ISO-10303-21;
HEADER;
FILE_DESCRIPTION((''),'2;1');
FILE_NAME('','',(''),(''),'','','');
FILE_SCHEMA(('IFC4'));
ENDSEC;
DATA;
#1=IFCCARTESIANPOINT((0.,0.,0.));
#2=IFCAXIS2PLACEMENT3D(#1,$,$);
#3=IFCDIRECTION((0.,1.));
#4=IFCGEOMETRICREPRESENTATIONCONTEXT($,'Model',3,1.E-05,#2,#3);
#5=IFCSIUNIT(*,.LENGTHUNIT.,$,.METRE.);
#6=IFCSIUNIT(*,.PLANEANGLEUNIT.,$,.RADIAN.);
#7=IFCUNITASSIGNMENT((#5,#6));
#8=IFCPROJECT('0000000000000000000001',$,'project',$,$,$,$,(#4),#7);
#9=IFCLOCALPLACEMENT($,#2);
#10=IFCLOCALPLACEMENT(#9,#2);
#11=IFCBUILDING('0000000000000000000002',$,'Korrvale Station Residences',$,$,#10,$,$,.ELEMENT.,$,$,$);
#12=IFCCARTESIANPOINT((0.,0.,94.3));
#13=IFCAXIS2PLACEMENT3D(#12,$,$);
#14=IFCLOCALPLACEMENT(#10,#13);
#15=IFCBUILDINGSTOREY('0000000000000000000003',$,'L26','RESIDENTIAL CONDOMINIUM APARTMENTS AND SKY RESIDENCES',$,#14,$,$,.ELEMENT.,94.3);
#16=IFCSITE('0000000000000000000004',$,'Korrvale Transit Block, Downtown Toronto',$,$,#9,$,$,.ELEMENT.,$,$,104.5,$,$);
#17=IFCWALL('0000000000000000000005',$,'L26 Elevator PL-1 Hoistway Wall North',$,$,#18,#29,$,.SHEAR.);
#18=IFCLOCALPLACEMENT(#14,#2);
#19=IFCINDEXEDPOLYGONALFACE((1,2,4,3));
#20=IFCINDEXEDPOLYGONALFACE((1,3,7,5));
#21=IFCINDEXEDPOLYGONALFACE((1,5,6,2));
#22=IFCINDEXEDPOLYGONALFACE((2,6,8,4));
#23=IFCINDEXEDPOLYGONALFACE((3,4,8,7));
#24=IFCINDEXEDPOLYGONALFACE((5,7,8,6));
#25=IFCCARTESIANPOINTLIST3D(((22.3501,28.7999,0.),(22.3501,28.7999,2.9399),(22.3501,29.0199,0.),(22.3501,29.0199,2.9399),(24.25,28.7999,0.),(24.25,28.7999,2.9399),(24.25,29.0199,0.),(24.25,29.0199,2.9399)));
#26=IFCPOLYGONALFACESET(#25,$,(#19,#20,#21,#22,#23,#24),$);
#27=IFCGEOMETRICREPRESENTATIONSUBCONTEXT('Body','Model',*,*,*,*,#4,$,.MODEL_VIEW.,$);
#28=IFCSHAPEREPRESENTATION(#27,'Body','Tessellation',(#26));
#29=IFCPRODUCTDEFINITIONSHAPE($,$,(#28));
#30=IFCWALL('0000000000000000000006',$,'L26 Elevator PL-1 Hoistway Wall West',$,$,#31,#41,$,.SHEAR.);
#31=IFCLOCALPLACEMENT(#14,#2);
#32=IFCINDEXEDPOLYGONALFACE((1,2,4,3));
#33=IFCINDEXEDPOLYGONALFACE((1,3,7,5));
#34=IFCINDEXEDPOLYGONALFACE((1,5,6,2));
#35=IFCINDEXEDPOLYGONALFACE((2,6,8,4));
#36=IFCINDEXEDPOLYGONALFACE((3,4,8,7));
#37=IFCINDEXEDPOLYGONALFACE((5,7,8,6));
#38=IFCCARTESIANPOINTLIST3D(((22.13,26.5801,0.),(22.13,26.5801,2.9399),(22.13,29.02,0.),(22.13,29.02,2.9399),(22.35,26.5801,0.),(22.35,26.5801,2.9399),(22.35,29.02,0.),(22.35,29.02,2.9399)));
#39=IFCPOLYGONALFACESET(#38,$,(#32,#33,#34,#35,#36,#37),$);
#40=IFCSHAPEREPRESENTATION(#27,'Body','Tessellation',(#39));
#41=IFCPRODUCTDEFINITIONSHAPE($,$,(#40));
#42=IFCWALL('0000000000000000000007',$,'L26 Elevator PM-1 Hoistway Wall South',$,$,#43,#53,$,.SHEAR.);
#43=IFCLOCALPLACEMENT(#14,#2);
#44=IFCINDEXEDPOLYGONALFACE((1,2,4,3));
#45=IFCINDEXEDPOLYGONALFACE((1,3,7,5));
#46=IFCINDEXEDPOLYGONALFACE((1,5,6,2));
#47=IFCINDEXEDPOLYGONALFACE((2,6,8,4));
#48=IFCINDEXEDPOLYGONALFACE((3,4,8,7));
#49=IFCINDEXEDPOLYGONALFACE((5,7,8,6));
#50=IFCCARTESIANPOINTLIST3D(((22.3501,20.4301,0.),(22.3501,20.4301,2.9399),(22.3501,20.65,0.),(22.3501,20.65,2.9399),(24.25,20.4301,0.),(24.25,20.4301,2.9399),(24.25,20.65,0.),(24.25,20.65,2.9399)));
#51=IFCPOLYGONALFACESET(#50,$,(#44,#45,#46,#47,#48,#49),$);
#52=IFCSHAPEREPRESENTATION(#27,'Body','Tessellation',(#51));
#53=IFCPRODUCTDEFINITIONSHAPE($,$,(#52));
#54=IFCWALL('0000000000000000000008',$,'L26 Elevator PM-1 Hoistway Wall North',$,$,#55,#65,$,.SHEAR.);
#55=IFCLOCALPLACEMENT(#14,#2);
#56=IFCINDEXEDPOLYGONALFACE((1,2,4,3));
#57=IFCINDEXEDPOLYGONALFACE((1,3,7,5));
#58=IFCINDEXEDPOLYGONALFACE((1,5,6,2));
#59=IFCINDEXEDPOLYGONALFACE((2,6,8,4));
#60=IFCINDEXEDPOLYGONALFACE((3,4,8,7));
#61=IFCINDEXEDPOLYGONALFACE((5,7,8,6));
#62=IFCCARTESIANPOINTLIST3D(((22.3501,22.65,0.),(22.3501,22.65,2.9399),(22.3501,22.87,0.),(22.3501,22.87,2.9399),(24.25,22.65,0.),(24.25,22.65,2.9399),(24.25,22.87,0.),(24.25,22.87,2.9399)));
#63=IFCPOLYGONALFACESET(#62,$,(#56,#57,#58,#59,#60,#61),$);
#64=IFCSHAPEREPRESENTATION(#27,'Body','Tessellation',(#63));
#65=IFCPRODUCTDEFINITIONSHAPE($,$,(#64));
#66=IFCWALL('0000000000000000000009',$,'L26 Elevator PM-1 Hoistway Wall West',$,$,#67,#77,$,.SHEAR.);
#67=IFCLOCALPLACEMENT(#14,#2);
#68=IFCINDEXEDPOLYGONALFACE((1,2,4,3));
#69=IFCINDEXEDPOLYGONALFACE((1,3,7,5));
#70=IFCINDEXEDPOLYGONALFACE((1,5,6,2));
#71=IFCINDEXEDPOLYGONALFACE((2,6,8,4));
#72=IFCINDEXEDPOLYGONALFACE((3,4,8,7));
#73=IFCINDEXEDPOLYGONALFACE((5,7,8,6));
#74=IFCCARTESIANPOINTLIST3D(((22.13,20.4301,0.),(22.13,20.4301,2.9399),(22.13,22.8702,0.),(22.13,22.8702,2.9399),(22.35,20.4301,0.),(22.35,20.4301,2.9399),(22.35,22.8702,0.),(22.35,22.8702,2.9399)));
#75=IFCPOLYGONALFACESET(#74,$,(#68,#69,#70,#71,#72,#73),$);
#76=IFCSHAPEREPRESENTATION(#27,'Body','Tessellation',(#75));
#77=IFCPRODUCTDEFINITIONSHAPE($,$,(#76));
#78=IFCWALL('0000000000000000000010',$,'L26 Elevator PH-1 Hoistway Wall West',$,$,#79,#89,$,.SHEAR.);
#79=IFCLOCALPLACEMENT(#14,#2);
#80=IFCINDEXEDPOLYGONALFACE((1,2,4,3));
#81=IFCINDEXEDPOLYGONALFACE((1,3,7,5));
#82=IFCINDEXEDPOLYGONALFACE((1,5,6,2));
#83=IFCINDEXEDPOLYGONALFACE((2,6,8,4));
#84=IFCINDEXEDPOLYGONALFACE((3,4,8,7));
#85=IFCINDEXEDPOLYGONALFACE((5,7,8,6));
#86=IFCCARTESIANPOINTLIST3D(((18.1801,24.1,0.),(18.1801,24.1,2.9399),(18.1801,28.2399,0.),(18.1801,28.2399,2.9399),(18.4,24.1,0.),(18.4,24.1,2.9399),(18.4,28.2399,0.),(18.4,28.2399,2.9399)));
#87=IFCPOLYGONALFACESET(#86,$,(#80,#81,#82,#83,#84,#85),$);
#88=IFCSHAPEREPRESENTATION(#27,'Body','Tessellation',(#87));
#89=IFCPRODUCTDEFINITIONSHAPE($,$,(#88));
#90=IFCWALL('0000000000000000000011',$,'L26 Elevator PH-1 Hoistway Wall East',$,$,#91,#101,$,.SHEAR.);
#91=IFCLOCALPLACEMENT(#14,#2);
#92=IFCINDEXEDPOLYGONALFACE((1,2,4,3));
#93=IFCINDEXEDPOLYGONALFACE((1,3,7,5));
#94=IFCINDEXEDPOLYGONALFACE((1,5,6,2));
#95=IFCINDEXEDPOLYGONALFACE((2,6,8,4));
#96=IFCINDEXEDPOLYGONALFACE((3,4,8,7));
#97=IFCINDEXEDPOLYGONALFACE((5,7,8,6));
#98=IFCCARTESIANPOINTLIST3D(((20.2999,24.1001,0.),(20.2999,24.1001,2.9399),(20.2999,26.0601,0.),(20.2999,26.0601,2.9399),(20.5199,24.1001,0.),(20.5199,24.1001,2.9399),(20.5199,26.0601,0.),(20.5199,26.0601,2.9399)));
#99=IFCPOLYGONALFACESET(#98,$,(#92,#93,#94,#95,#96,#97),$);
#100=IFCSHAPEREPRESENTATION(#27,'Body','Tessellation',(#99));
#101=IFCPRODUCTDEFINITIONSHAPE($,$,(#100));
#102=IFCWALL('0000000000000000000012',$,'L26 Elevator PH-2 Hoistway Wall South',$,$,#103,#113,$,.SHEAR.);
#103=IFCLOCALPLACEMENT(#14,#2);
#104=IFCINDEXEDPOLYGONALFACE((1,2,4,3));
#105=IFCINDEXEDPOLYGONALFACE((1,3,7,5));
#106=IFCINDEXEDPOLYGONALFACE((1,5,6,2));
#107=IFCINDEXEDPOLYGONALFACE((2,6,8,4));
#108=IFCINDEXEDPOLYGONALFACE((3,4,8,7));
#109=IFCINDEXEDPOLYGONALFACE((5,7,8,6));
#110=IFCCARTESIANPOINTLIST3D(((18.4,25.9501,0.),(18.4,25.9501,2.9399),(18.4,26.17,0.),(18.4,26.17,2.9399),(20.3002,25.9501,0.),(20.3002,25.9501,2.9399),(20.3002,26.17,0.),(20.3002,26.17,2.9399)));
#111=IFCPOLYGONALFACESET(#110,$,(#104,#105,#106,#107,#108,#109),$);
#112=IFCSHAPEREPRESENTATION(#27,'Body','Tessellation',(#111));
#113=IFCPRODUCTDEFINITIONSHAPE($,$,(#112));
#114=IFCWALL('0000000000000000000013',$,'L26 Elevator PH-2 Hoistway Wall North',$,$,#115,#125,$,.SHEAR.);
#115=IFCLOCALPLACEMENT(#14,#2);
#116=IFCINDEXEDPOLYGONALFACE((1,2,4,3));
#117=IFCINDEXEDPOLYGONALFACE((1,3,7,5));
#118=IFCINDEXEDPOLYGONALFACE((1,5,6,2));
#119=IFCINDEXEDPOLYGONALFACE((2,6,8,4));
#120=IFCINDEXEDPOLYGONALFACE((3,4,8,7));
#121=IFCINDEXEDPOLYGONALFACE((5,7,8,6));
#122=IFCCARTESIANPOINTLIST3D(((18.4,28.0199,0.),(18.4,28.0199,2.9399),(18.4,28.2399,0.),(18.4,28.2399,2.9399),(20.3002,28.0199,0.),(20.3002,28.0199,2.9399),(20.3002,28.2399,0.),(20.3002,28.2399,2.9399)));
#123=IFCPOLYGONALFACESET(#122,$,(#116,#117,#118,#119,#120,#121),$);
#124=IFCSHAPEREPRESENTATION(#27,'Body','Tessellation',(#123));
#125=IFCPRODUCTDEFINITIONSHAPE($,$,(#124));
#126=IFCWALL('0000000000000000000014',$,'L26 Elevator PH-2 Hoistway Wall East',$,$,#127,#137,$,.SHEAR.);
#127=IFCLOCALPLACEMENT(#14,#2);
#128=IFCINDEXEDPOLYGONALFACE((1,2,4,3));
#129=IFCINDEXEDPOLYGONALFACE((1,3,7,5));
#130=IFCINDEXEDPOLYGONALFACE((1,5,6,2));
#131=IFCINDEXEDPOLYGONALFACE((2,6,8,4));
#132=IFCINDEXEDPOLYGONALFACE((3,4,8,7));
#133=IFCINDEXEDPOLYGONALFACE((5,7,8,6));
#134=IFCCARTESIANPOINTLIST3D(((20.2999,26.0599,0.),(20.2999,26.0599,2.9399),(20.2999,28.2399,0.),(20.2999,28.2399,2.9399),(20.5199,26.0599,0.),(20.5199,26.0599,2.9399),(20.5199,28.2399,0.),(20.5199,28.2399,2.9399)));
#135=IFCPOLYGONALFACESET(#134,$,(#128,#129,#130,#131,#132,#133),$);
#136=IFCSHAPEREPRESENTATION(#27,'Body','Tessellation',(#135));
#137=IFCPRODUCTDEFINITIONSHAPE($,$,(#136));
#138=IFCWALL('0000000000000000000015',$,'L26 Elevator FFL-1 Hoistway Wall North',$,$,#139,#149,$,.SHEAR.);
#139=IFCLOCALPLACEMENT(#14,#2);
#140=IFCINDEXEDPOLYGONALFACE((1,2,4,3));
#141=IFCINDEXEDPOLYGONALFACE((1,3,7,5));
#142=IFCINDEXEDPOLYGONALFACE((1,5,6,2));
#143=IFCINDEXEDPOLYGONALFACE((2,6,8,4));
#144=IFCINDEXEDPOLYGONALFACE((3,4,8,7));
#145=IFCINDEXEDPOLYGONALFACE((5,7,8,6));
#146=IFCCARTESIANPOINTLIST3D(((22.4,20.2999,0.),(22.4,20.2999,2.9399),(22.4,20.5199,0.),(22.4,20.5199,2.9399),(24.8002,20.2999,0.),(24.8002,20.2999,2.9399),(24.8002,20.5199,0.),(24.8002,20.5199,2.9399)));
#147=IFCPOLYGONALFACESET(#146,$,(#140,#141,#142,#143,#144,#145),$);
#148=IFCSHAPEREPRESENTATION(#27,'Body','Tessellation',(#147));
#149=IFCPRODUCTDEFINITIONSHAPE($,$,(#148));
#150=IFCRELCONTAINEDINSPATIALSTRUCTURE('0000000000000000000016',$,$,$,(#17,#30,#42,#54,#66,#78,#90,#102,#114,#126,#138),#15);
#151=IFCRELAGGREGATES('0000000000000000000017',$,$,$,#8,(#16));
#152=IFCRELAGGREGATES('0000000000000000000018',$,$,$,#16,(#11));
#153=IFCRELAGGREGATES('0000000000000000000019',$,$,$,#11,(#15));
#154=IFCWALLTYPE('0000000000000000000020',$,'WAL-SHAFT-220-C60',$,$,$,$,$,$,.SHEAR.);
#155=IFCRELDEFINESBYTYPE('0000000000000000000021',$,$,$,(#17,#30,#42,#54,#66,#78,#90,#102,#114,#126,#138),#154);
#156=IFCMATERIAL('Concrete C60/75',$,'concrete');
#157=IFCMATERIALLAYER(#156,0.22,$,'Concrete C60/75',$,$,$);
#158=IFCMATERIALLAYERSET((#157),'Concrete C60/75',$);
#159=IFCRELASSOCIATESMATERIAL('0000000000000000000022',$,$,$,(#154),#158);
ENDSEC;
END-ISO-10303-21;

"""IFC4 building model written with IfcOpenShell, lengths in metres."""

from ifc_helpers import new_model, si_unit, direction, frame, frame_2d, origin, place, context, subcontext, project, spatial, rectangle, extrude, material, layer, layer_set, type_object, element, save


model = new_model("IFC4")

# Units and contexts
model_context = context("Model", 3, precision=1e-05, world=origin(), true_north=direction((0.0, 1.0)))
body_context = subcontext(model_context, "Body", "Model", "MODEL_VIEW")
ifc_project = project(units=[si_unit("LENGTHUNIT", "METRE"), si_unit("PLANEANGLEUNIT", "RADIAN")], contexts=[model_context])

# Site, building, storey
site_placement = place(None, origin())
site = spatial("IfcSite", under=ifc_project, at=site_placement, Name="Korrvale Transit Block, Downtown Toronto", CompositionType="ELEMENT", RefElevation=104.5)
building_placement = place(site_placement, origin())
building = spatial("IfcBuilding", under=site, at=building_placement, Name="Korrvale Station Residences", CompositionType="ELEMENT")
storey_placement = place(building_placement, frame((0.0, 0.0, 94.3)))
storey = spatial("IfcBuildingStorey", under=building, at=storey_placement, Name="L26", Description="RESIDENTIAL CONDOMINIUM APARTMENTS AND SKY RESIDENCES", CompositionType="ELEMENT", Elevation=94.3)

# Shared definitions
ifc_material_1 = material(Name="Concrete C60/75", Category="concrete")

# Shared definitions
ifc_layer_1 = layer(ifc_material_1, 0.22, Name="Concrete C60/75")
ifc_layer_set_1 = layer_set([ifc_layer_1], Name="Concrete C60/75")
wall_type_1 = type_object("IfcWallType", Name="WAL-SHAFT-220-C60", PredefinedType="SHEAR", material=ifc_layer_set_1)

# Walls
wall_1_placement = place(storey_placement, frame((22.3501, 28.9099, 0.0), z_axis=(0.0, 0.0, 1.0), x_axis=(1.0, 0.0, 0.0)))
element("IfcWall", 1, at=wall_1_placement, inside=storey, type_object=wall_type_1, Name="L26 Elevator PL-1 Hoistway Wall North", PredefinedType="SHEAR", context=body_context, shape_type="SweptSolid", body=[
    extrude(rectangle(XDim=1.8999, YDim=0.22, at=frame_2d((0.95, 0.0))), origin(), (0.0, 0.0, 1.0), 2.9399),
])
wall_2_placement = place(storey_placement, frame((22.24, 26.5801, 0.0), z_axis=(0.0, 0.0, 1.0), x_axis=(0.0, 1.0, 0.0)))
element("IfcWall", 2, at=wall_2_placement, inside=storey, type_object=wall_type_1, Name="L26 Elevator PL-1 Hoistway Wall West", PredefinedType="SHEAR", context=body_context, shape_type="SweptSolid", body=[
    extrude(rectangle(XDim=2.4399, YDim=0.22, at=frame_2d((1.22, 0.0))), origin(), (0.0, 0.0, 1.0), 2.9399),
])
for number, where, z_axis, x_axis, name in (
    (3, (22.3501, 20.54, 0.0), (0.0, 0.0, 1.0), (1.0, 0.0, 0.0), "L26 Elevator PM-1 Hoistway Wall South"),
    (4, (22.3501, 22.76, 0.0), (0.0, 0.0, 1.0), (1.0, 0.0, 0.0), "L26 Elevator PM-1 Hoistway Wall North"),
):
    element("IfcWall", number, at=place(storey_placement, frame(where, z_axis=z_axis, x_axis=x_axis)), inside=storey, type_object=wall_type_1, Name=name, PredefinedType="SHEAR", context=body_context, shape_type="SweptSolid", body=[
        extrude(rectangle(XDim=1.8999, YDim=0.22, at=frame_2d((0.95, 0.0))), origin(), (0.0, 0.0, 1.0), 2.9399),
    ])
wall_3_placement = place(storey_placement, frame((22.24, 20.4299, 0.0), z_axis=(0.0, 0.0, 1.0), x_axis=(0.0, 1.0, 0.0)))
element("IfcWall", 5, at=wall_3_placement, inside=storey, type_object=wall_type_1, Name="L26 Elevator PM-1 Hoistway Wall West", PredefinedType="SHEAR", context=body_context, shape_type="SweptSolid", body=[
    extrude(rectangle(XDim=2.4402, YDim=0.22, at=frame_2d((1.2202, 0.0))), origin(), (0.0, 0.0, 1.0), 2.9399),
])
wall_4_placement = place(storey_placement, frame((18.29, 24.1001, 0.0), z_axis=(0.0, 0.0, 1.0), x_axis=(0.0, 1.0, 0.0)))
element("IfcWall", 6, at=wall_4_placement, inside=storey, type_object=wall_type_1, Name="L26 Elevator PH-1 Hoistway Wall West", PredefinedType="SHEAR", context=body_context, shape_type="SweptSolid", body=[
    extrude(rectangle(XDim=4.1399, YDim=0.22, at=frame_2d((2.0698, 0.0))), origin(), (0.0, 0.0, 1.0), 2.9399),
])
wall_5_placement = place(storey_placement, frame((20.4099, 24.1001, 0.0), z_axis=(0.0, 0.0, 1.0), x_axis=(0.0, 1.0, 0.0)))
element("IfcWall", 7, at=wall_5_placement, inside=storey, type_object=wall_type_1, Name="L26 Elevator PH-1 Hoistway Wall East", PredefinedType="SHEAR", context=body_context, shape_type="SweptSolid", body=[
    extrude(rectangle(XDim=1.96, YDim=0.22, at=frame_2d((0.98, 0.0))), origin(), (0.0, 0.0, 1.0), 2.9399),
])
for number, where, z_axis, x_axis, name in (
    (8, (18.3999, 26.0601, 0.0), (0.0, 0.0, 1.0), (1.0, 0.0, 0.0), "L26 Elevator PH-2 Hoistway Wall South"),
    (9, (18.3999, 28.1299, 0.0), (0.0, 0.0, 1.0), (1.0, 0.0, 0.0), "L26 Elevator PH-2 Hoistway Wall North"),
):
    element("IfcWall", number, at=place(storey_placement, frame(where, z_axis=z_axis, x_axis=x_axis)), inside=storey, type_object=wall_type_1, Name=name, PredefinedType="SHEAR", context=body_context, shape_type="SweptSolid", body=[
        extrude(rectangle(XDim=1.9001, YDim=0.22, at=frame_2d((0.9502, 0.0))), origin(), (0.0, 0.0, 1.0), 2.9399),
    ])
wall_6_placement = place(storey_placement, frame((20.4099, 26.0601, 0.0), z_axis=(0.0, 0.0, 1.0), x_axis=(0.0, 1.0, 0.0)))
element("IfcWall", 10, at=wall_6_placement, inside=storey, type_object=wall_type_1, Name="L26 Elevator PH-2 Hoistway Wall East", PredefinedType="SHEAR", context=body_context, shape_type="SweptSolid", body=[
    extrude(rectangle(XDim=2.1799, YDim=0.22, at=frame_2d((1.0898, 0.0))), origin(), (0.0, 0.0, 1.0), 2.9399),
])
wall_7_placement = place(storey_placement, frame((22.3999, 20.4099, 0.0), z_axis=(0.0, 0.0, 1.0), x_axis=(1.0, 0.0, 0.0)))
element("IfcWall", 11, at=wall_7_placement, inside=storey, type_object=wall_type_1, Name="L26 Elevator FFL-1 Hoistway Wall North", PredefinedType="SHEAR", context=body_context, shape_type="SweptSolid", body=[
    extrude(rectangle(XDim=2.4001, YDim=0.22, at=frame_2d((1.2002, 0.0))), origin(), (0.0, 0.0, 1.0), 2.9399),
])

save(model, "model.ifc")
